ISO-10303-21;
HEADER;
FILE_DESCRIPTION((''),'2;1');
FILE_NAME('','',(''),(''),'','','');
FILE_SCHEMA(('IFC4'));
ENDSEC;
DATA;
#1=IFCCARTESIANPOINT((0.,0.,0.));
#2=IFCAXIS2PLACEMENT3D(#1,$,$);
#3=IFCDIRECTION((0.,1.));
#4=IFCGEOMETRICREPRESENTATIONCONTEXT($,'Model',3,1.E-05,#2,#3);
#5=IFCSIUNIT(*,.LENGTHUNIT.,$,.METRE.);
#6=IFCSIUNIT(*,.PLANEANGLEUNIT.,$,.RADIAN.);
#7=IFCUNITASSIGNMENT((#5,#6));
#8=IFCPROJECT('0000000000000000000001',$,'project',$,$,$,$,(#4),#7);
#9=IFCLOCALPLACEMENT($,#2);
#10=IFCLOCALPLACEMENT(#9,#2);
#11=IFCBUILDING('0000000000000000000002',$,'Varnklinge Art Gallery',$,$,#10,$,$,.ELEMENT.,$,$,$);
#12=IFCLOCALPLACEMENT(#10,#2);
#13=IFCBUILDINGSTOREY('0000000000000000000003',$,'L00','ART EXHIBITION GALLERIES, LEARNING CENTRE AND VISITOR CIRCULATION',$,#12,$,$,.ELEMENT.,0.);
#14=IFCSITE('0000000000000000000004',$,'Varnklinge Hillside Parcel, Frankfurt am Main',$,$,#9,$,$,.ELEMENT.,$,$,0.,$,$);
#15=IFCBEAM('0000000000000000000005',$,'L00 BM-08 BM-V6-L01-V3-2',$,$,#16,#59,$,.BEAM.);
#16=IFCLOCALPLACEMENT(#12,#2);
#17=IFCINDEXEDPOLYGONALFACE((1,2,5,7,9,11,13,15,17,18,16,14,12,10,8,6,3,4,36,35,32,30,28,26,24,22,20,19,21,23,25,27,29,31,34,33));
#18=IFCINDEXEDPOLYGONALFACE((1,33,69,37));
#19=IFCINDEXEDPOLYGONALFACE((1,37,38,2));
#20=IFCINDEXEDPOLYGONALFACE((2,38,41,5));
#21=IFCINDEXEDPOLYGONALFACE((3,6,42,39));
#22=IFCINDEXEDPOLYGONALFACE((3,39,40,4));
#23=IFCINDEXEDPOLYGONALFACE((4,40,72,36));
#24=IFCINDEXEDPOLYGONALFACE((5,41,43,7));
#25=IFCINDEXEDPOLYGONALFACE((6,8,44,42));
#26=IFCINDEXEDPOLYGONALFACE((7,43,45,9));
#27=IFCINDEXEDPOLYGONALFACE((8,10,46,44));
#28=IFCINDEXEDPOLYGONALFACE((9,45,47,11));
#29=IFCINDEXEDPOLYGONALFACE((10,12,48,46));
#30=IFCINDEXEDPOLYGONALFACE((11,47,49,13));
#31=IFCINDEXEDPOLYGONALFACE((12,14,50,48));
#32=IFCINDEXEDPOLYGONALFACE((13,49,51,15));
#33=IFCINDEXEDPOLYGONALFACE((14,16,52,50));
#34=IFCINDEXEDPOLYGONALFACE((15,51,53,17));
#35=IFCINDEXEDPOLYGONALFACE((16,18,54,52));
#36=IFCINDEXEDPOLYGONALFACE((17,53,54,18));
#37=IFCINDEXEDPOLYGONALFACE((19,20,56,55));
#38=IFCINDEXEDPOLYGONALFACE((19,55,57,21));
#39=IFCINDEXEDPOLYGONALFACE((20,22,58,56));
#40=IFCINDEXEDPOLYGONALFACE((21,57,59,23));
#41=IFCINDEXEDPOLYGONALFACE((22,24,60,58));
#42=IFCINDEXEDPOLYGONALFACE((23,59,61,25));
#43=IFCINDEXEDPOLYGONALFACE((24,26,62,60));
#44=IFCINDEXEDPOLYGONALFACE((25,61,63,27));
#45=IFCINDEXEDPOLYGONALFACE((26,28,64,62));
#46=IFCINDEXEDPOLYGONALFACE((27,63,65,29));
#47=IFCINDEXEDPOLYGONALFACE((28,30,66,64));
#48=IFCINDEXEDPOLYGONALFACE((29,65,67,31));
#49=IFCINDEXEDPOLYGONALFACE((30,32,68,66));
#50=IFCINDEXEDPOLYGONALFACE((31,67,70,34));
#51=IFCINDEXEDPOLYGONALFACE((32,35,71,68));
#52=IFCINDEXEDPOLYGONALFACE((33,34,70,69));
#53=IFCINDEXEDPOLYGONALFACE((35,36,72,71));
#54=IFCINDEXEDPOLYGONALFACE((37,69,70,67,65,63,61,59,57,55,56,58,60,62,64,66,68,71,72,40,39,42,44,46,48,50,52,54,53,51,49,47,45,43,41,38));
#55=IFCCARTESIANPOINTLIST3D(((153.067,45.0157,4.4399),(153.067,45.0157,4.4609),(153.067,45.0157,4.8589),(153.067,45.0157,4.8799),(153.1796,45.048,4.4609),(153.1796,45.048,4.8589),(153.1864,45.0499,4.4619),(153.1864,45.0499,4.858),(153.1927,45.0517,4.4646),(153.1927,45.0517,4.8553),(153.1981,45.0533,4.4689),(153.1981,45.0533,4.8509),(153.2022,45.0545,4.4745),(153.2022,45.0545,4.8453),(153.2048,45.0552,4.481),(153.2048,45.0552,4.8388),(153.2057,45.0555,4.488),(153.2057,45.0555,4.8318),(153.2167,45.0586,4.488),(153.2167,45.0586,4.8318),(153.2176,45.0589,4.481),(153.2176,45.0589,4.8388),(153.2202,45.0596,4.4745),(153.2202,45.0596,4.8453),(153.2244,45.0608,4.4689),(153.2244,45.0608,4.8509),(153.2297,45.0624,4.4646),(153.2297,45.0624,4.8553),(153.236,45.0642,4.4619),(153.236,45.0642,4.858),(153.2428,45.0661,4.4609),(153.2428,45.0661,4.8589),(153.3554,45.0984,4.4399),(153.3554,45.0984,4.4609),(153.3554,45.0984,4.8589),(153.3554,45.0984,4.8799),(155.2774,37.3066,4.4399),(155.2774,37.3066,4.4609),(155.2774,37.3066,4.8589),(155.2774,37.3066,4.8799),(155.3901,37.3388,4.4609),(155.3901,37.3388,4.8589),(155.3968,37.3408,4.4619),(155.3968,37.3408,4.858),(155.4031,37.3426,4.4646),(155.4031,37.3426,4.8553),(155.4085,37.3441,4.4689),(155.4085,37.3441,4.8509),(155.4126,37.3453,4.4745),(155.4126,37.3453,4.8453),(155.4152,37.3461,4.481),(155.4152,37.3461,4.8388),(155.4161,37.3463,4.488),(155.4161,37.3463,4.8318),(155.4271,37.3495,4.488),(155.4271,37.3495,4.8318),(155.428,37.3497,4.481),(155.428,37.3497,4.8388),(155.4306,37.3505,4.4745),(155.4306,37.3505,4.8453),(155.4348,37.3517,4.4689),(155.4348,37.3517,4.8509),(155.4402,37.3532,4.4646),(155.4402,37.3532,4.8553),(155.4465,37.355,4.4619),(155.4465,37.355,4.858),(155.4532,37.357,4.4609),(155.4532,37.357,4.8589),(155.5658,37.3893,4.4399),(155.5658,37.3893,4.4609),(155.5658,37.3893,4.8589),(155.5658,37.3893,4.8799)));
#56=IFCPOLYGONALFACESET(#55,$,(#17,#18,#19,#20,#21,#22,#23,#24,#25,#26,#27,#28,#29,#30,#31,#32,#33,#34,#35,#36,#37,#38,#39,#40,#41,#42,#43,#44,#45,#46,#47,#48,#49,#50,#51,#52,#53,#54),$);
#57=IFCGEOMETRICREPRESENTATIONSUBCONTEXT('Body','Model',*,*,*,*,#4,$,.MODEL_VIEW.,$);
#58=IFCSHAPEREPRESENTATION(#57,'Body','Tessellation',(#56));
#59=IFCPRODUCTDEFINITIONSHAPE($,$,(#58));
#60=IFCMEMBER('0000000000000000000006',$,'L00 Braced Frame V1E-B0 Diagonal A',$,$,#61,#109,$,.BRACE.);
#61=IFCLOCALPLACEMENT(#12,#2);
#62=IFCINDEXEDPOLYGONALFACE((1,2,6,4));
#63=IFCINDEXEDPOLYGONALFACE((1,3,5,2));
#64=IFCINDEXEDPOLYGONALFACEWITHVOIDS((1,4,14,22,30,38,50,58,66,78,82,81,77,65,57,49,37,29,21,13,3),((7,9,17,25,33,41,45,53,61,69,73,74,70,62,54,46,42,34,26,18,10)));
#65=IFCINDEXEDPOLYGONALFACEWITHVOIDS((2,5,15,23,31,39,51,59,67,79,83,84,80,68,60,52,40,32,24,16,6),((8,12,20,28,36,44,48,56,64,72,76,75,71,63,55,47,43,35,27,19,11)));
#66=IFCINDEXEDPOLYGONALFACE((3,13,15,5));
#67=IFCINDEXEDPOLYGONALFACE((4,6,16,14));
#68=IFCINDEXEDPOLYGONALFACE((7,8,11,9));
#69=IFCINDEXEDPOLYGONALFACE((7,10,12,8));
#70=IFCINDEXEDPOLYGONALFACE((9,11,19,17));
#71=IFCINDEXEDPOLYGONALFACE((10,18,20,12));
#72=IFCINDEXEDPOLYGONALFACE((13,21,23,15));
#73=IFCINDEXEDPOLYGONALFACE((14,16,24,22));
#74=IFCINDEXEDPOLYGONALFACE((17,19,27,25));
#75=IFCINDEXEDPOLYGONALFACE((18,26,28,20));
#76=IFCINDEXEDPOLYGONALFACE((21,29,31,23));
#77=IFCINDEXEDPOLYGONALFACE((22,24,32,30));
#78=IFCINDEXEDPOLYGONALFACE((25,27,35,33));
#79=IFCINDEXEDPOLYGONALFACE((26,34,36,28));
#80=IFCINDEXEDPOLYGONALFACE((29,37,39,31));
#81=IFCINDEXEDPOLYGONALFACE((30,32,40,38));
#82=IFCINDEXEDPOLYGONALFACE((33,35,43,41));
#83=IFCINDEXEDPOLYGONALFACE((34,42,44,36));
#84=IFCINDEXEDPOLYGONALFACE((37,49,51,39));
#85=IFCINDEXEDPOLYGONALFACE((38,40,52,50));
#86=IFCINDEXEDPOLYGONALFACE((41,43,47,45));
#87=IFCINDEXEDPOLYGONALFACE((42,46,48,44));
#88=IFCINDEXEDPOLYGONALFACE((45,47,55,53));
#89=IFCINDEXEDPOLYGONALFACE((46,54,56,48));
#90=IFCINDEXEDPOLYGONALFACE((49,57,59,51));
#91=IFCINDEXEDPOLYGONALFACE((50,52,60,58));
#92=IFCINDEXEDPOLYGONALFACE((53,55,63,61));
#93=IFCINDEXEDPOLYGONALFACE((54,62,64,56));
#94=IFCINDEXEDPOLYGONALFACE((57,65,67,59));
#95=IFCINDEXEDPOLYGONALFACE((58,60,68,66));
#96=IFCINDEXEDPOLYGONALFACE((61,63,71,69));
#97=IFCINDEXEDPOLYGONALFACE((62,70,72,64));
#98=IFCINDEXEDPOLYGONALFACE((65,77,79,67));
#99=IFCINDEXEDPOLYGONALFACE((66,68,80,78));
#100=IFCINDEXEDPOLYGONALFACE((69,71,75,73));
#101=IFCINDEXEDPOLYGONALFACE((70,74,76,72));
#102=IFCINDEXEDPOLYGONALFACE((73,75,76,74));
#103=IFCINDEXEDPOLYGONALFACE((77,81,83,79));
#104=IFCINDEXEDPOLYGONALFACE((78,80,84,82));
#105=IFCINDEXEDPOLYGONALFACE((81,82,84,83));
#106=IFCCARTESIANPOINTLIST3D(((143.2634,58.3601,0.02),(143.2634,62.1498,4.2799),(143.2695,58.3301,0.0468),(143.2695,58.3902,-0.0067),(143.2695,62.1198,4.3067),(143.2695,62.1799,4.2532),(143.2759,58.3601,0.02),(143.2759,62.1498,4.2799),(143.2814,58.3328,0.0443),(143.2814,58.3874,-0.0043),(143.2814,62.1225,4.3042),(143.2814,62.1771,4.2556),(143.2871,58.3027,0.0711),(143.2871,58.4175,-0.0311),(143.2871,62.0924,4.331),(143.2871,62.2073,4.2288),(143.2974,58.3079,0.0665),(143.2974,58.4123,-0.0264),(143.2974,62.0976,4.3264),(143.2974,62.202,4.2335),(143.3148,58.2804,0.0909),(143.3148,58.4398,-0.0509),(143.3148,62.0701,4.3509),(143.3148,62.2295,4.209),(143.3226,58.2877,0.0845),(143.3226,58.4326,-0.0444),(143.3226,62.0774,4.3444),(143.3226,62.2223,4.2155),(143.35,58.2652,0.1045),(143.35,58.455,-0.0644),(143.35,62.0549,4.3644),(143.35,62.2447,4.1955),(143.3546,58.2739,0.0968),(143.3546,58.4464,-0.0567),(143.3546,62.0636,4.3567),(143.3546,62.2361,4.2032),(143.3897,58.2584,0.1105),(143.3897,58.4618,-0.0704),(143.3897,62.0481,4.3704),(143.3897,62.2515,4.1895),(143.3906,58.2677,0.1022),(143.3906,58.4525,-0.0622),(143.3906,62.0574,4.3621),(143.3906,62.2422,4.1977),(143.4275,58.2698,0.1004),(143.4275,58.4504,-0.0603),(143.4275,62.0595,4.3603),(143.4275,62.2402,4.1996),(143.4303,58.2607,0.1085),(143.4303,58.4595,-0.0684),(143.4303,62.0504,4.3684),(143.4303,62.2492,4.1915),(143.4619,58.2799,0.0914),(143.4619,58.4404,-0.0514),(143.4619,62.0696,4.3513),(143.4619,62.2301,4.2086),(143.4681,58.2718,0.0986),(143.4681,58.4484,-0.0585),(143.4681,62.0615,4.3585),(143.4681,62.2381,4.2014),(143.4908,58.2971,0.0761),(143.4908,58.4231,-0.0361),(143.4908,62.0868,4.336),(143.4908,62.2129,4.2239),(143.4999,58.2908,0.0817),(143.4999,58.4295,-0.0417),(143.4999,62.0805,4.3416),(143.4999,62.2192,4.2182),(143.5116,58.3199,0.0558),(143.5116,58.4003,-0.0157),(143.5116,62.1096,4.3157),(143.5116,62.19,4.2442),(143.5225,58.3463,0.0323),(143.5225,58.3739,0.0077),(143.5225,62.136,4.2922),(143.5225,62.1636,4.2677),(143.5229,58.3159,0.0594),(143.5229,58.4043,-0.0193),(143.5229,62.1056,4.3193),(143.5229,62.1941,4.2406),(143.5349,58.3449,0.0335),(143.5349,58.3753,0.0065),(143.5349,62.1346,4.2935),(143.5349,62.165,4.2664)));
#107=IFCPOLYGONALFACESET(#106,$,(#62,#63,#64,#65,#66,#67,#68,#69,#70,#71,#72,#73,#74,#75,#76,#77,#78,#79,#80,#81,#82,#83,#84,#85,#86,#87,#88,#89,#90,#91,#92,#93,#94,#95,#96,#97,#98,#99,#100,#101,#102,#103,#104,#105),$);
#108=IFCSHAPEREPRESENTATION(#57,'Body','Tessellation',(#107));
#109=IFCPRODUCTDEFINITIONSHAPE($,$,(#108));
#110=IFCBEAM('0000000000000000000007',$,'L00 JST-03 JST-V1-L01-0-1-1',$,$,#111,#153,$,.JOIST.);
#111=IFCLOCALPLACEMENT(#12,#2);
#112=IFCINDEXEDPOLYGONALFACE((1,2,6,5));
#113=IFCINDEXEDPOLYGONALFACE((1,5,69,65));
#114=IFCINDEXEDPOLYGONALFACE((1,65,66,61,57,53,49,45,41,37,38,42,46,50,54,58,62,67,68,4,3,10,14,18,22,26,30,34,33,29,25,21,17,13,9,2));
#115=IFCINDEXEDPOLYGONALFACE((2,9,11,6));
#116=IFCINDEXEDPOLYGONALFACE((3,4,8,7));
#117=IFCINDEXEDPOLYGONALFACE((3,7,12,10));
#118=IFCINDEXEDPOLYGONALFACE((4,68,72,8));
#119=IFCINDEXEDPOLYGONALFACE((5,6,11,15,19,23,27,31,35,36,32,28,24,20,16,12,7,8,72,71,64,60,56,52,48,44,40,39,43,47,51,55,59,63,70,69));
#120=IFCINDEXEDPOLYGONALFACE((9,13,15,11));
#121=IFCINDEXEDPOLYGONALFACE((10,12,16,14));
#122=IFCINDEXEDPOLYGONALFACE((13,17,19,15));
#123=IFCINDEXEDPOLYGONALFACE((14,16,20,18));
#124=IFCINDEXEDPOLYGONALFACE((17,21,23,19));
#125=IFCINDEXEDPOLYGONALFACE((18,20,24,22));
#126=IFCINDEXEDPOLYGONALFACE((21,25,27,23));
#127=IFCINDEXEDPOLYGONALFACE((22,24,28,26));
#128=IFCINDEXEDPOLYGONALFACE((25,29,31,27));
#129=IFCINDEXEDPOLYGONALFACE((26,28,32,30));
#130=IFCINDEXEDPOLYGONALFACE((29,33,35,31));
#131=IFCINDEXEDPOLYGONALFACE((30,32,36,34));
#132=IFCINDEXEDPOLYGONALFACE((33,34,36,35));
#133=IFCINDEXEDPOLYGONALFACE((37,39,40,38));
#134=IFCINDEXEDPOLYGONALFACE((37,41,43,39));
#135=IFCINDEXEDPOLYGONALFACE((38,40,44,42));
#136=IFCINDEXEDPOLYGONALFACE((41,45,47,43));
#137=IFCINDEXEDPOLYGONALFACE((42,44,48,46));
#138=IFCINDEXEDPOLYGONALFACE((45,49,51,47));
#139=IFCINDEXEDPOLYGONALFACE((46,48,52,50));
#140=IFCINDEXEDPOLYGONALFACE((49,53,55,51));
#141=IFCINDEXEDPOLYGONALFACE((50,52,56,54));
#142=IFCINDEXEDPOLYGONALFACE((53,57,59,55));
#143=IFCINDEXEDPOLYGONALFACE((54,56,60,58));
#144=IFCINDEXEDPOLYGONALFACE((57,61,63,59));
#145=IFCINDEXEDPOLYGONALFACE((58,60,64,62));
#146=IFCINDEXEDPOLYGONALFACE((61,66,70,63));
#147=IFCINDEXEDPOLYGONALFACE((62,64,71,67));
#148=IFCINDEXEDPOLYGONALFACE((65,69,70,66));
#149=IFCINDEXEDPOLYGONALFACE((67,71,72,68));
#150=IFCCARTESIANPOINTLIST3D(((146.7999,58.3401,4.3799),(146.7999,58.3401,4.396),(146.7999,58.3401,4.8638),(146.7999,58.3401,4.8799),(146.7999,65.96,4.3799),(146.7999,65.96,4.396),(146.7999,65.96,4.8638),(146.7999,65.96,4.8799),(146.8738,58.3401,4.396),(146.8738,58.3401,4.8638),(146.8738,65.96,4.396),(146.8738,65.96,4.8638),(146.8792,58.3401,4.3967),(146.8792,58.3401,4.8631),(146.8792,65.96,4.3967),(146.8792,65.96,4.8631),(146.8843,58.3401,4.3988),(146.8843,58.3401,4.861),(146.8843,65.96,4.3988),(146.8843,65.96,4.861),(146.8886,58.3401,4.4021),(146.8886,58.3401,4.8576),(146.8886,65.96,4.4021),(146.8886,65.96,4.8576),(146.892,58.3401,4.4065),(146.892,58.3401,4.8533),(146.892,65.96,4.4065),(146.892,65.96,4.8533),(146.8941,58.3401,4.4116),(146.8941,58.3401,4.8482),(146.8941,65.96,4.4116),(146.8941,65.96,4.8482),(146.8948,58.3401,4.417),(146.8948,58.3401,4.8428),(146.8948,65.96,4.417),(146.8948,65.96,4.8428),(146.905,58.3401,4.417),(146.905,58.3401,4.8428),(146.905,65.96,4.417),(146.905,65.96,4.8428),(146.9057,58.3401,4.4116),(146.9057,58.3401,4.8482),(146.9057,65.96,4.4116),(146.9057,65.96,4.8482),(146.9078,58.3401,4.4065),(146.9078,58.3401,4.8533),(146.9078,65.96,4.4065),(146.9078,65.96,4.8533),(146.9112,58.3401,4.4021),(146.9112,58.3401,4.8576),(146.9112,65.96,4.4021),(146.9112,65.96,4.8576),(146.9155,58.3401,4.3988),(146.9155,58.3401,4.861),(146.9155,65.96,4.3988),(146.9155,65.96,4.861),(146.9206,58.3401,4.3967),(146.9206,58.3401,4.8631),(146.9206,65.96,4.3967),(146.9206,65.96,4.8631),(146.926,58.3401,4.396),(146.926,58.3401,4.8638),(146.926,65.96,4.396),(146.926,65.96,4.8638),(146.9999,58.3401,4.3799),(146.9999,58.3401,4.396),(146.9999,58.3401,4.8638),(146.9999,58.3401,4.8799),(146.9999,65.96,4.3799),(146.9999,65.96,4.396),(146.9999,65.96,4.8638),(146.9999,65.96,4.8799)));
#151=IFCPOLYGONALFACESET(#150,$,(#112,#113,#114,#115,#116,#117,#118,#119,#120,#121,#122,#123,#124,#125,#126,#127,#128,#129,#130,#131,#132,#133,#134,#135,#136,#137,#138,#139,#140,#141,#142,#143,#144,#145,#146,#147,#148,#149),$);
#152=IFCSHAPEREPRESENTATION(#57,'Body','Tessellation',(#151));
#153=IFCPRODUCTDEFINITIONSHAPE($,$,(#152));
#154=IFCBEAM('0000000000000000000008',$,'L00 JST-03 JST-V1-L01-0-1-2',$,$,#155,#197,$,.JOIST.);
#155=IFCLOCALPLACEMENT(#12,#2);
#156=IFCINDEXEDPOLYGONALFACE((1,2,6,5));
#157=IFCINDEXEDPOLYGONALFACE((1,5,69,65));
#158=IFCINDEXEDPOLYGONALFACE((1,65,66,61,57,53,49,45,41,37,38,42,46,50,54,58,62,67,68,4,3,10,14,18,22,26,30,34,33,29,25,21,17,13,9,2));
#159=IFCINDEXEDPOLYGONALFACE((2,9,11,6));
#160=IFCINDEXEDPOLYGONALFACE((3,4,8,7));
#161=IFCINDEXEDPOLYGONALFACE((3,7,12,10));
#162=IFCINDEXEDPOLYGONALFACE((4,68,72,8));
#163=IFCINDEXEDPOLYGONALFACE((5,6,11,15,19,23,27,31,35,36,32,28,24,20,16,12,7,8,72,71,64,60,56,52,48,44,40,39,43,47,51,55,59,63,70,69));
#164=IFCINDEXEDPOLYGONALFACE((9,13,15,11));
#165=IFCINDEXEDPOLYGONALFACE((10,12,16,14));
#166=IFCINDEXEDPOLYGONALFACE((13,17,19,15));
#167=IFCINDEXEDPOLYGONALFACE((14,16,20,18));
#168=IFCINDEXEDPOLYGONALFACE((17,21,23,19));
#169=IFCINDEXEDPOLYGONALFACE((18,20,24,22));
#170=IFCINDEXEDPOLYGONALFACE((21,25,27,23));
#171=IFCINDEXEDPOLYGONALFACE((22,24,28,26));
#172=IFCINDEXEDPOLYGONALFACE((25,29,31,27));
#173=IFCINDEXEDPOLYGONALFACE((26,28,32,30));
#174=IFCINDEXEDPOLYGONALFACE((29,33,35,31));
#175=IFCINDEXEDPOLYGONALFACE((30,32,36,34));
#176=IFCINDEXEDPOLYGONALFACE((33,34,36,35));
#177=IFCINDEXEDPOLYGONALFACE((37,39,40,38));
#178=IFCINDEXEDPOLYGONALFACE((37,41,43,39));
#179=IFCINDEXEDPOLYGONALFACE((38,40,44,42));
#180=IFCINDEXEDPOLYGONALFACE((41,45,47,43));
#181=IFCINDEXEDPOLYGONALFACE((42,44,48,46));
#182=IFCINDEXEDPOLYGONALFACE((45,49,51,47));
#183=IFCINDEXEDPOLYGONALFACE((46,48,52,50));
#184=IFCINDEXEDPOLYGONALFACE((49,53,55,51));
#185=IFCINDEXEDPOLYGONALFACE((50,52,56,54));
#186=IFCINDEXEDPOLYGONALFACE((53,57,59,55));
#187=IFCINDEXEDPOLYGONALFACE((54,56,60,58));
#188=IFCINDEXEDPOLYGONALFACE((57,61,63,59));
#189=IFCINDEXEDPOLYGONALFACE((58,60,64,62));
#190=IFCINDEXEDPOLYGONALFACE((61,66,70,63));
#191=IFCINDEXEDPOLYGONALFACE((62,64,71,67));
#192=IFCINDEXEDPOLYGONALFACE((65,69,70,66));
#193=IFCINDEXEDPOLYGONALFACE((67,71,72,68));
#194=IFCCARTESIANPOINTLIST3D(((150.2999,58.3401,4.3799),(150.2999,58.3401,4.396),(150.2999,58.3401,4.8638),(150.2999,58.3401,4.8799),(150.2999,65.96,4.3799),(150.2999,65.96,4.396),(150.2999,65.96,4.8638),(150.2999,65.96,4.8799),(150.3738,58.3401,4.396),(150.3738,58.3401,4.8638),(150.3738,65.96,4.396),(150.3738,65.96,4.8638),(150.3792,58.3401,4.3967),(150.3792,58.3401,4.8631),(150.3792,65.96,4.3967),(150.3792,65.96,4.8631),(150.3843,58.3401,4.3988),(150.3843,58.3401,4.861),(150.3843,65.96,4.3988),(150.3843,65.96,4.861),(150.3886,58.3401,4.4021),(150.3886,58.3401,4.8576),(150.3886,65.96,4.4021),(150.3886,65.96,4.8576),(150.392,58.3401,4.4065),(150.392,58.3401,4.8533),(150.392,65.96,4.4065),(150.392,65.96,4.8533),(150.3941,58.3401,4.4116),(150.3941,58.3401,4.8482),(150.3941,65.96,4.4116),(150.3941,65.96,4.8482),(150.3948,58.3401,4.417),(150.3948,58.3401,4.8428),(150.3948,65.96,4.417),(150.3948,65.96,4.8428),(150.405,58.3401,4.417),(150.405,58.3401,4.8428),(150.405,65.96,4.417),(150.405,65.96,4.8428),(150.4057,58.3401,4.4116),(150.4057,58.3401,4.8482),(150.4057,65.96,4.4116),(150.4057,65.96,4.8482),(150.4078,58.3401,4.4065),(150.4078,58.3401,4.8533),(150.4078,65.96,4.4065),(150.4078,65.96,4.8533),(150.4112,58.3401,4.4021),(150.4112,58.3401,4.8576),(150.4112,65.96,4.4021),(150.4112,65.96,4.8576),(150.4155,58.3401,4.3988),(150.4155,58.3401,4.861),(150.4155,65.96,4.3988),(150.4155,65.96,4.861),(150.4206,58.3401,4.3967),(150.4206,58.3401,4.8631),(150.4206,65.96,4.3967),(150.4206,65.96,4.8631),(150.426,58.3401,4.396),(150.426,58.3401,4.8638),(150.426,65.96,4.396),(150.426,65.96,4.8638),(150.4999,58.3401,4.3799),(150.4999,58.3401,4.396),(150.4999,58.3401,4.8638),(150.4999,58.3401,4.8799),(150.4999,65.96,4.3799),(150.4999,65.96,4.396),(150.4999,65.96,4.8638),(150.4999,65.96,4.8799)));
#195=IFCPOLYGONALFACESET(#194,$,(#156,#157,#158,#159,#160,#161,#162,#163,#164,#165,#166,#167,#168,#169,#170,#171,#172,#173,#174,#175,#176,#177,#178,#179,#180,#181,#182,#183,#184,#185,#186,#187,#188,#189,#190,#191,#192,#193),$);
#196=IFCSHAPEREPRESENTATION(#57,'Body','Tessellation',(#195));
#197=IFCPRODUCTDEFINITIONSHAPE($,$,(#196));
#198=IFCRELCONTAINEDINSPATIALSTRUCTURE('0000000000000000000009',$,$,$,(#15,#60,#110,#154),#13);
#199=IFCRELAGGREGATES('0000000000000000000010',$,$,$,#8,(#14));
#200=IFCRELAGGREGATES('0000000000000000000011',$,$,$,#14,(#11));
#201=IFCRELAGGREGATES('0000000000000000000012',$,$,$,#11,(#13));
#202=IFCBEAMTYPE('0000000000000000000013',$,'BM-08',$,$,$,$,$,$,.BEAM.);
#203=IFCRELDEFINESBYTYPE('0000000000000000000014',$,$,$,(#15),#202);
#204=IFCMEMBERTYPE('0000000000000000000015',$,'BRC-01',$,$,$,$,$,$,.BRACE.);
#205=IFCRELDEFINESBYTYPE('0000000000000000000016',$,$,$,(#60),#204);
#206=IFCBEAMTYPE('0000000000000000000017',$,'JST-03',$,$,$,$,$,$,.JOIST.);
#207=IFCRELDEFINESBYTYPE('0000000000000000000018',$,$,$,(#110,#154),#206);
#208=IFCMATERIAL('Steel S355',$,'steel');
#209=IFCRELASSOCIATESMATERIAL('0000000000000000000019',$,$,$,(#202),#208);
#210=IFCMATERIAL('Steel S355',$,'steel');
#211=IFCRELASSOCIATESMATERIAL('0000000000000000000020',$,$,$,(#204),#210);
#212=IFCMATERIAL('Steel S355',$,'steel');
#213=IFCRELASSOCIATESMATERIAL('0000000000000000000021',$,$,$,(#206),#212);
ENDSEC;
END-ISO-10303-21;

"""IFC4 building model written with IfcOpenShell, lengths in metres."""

from ifc_helpers import new_model, si_unit, direction, frame, origin, origin_2d, place, context, subcontext, project, spatial, hollow_circle, i_section, extrude, material, material_profile, profile_set, type_object, element, save


model = new_model("IFC4")

# Units and contexts
model_context = context("Model", 3, precision=1e-05, world=origin(), true_north=direction((0.0, 1.0)))
body_context = subcontext(model_context, "Body", "Model", "MODEL_VIEW")
ifc_project = project(units=[si_unit("LENGTHUNIT", "METRE"), si_unit("PLANEANGLEUNIT", "RADIAN")], contexts=[model_context])

# Site, building, storey
site_placement = place(None, origin())
site = spatial("IfcSite", under=ifc_project, at=site_placement, Name="Varnklinge Hillside Parcel, Frankfurt am Main", CompositionType="ELEMENT", RefElevation=0.0)
building_placement = place(site_placement, origin())
building = spatial("IfcBuilding", under=site, at=building_placement, Name="Varnklinge Art Gallery", CompositionType="ELEMENT")
storey_placement = place(building_placement, origin())
storey = spatial("IfcBuildingStorey", under=building, at=storey_placement, Name="L00", Description="ART EXHIBITION GALLERIES, LEARNING CENTRE AND VISITOR CIRCULATION", CompositionType="ELEMENT", Elevation=0.0)

# Beam
ifc_material_1 = material(Name="Steel S355", Category="steel")
ifc_material_profile_1 = material_profile(ifc_material_1, i_section(OverallWidth=0.3, OverallDepth=0.4399, WebThickness=0.0115, FlangeThickness=0.021, FilletRadius=0.0271, at=origin_2d()), Name="HEA 450")
ifc_profile_set_1 = profile_set([ifc_material_profile_1], Name="Steel S355")
beam_type_1 = type_object("IfcBeamType", Name="BM-08", PredefinedType="BEAM", material=ifc_profile_set_1)
beam_1_placement = place(storey_placement, frame((155.4216, 37.3479, 4.6599), z_axis=(-0.275622, 0.961266, 0.0), x_axis=(-0.961266, -0.275622, 0.0)))
element("IfcBeam", 1, at=beam_1_placement, inside=storey, type_object=beam_type_1, Name="L00 BM-08 BM-V6-L01-V3-2", PredefinedType="BEAM", context=body_context, shape_type="SweptSolid", body=[
    extrude(i_section(OverallWidth=0.3, OverallDepth=0.4399, WebThickness=0.0115, FlangeThickness=0.021, FilletRadius=0.0271, at=origin_2d()), origin(), (0.0, 0.0, 1.0), 8.0198),
])

# Member
ifc_material_2 = material(Name="Steel S355", Category="steel")
ifc_material_profile_2 = material_profile(ifc_material_2, hollow_circle(Radius=0.1365, WallThickness=0.0125, at=origin_2d()), Name="CHS 273x12.5")
ifc_profile_set_2 = profile_set([ifc_material_profile_2], Name="Steel S355")
member_type = type_object("IfcMemberType", Name="BRC-01", PredefinedType="BRACE", material=ifc_profile_set_2)
member_placement = place(storey_placement, frame((143.3999, 58.3601, 0.02), z_axis=(0.0, 0.664669, 0.747138), x_axis=(-1.0, 0.0, 0.0)))
element("IfcMember", 2, at=member_placement, inside=storey, type_object=member_type, Name="L00 Braced Frame V1E-B0 Diagonal A", PredefinedType="BRACE", context=body_context, shape_type="SweptSolid", body=[
    extrude(hollow_circle(Radius=0.1365, WallThickness=0.0125, at=origin_2d()), origin(), (0.0, 0.0, 1.0), 5.7017),
])

# Beams
ifc_material_3 = material(Name="Steel S355", Category="steel")
ifc_material_profile_3 = material_profile(ifc_material_3, i_section(OverallWidth=0.2, OverallDepth=0.5, WebThickness=0.0103, FlangeThickness=0.0161, FilletRadius=0.021, at=origin_2d()), Name="IPE 500")
ifc_profile_set_3 = profile_set([ifc_material_profile_3], Name="Steel S355")
beam_type_2 = type_object("IfcBeamType", Name="JST-03", PredefinedType="JOIST", material=ifc_profile_set_3)
for number, where, z_axis, x_axis, name in (
    (3, (146.8999, 58.3401, 4.6299), (0.0, 1.0, 0.0), (-1.0, 0.0, 0.0), "L00 JST-03 JST-V1-L01-0-1-1"),
    (4, (150.3999, 58.3401, 4.6299), (0.0, 1.0, 0.0), (-1.0, 0.0, 0.0), "L00 JST-03 JST-V1-L01-0-1-2"),
):
    element("IfcBeam", number, at=place(storey_placement, frame(where, z_axis=z_axis, x_axis=x_axis)), inside=storey, type_object=beam_type_2, Name=name, PredefinedType="JOIST", context=body_context, shape_type="SweptSolid", body=[
        extrude(i_section(OverallWidth=0.2, OverallDepth=0.5, WebThickness=0.0103, FlangeThickness=0.0161, FilletRadius=0.021, at=origin_2d()), origin(), (0.0, 0.0, 1.0), 7.6199),
    ])

save(model, "model.ifc")
